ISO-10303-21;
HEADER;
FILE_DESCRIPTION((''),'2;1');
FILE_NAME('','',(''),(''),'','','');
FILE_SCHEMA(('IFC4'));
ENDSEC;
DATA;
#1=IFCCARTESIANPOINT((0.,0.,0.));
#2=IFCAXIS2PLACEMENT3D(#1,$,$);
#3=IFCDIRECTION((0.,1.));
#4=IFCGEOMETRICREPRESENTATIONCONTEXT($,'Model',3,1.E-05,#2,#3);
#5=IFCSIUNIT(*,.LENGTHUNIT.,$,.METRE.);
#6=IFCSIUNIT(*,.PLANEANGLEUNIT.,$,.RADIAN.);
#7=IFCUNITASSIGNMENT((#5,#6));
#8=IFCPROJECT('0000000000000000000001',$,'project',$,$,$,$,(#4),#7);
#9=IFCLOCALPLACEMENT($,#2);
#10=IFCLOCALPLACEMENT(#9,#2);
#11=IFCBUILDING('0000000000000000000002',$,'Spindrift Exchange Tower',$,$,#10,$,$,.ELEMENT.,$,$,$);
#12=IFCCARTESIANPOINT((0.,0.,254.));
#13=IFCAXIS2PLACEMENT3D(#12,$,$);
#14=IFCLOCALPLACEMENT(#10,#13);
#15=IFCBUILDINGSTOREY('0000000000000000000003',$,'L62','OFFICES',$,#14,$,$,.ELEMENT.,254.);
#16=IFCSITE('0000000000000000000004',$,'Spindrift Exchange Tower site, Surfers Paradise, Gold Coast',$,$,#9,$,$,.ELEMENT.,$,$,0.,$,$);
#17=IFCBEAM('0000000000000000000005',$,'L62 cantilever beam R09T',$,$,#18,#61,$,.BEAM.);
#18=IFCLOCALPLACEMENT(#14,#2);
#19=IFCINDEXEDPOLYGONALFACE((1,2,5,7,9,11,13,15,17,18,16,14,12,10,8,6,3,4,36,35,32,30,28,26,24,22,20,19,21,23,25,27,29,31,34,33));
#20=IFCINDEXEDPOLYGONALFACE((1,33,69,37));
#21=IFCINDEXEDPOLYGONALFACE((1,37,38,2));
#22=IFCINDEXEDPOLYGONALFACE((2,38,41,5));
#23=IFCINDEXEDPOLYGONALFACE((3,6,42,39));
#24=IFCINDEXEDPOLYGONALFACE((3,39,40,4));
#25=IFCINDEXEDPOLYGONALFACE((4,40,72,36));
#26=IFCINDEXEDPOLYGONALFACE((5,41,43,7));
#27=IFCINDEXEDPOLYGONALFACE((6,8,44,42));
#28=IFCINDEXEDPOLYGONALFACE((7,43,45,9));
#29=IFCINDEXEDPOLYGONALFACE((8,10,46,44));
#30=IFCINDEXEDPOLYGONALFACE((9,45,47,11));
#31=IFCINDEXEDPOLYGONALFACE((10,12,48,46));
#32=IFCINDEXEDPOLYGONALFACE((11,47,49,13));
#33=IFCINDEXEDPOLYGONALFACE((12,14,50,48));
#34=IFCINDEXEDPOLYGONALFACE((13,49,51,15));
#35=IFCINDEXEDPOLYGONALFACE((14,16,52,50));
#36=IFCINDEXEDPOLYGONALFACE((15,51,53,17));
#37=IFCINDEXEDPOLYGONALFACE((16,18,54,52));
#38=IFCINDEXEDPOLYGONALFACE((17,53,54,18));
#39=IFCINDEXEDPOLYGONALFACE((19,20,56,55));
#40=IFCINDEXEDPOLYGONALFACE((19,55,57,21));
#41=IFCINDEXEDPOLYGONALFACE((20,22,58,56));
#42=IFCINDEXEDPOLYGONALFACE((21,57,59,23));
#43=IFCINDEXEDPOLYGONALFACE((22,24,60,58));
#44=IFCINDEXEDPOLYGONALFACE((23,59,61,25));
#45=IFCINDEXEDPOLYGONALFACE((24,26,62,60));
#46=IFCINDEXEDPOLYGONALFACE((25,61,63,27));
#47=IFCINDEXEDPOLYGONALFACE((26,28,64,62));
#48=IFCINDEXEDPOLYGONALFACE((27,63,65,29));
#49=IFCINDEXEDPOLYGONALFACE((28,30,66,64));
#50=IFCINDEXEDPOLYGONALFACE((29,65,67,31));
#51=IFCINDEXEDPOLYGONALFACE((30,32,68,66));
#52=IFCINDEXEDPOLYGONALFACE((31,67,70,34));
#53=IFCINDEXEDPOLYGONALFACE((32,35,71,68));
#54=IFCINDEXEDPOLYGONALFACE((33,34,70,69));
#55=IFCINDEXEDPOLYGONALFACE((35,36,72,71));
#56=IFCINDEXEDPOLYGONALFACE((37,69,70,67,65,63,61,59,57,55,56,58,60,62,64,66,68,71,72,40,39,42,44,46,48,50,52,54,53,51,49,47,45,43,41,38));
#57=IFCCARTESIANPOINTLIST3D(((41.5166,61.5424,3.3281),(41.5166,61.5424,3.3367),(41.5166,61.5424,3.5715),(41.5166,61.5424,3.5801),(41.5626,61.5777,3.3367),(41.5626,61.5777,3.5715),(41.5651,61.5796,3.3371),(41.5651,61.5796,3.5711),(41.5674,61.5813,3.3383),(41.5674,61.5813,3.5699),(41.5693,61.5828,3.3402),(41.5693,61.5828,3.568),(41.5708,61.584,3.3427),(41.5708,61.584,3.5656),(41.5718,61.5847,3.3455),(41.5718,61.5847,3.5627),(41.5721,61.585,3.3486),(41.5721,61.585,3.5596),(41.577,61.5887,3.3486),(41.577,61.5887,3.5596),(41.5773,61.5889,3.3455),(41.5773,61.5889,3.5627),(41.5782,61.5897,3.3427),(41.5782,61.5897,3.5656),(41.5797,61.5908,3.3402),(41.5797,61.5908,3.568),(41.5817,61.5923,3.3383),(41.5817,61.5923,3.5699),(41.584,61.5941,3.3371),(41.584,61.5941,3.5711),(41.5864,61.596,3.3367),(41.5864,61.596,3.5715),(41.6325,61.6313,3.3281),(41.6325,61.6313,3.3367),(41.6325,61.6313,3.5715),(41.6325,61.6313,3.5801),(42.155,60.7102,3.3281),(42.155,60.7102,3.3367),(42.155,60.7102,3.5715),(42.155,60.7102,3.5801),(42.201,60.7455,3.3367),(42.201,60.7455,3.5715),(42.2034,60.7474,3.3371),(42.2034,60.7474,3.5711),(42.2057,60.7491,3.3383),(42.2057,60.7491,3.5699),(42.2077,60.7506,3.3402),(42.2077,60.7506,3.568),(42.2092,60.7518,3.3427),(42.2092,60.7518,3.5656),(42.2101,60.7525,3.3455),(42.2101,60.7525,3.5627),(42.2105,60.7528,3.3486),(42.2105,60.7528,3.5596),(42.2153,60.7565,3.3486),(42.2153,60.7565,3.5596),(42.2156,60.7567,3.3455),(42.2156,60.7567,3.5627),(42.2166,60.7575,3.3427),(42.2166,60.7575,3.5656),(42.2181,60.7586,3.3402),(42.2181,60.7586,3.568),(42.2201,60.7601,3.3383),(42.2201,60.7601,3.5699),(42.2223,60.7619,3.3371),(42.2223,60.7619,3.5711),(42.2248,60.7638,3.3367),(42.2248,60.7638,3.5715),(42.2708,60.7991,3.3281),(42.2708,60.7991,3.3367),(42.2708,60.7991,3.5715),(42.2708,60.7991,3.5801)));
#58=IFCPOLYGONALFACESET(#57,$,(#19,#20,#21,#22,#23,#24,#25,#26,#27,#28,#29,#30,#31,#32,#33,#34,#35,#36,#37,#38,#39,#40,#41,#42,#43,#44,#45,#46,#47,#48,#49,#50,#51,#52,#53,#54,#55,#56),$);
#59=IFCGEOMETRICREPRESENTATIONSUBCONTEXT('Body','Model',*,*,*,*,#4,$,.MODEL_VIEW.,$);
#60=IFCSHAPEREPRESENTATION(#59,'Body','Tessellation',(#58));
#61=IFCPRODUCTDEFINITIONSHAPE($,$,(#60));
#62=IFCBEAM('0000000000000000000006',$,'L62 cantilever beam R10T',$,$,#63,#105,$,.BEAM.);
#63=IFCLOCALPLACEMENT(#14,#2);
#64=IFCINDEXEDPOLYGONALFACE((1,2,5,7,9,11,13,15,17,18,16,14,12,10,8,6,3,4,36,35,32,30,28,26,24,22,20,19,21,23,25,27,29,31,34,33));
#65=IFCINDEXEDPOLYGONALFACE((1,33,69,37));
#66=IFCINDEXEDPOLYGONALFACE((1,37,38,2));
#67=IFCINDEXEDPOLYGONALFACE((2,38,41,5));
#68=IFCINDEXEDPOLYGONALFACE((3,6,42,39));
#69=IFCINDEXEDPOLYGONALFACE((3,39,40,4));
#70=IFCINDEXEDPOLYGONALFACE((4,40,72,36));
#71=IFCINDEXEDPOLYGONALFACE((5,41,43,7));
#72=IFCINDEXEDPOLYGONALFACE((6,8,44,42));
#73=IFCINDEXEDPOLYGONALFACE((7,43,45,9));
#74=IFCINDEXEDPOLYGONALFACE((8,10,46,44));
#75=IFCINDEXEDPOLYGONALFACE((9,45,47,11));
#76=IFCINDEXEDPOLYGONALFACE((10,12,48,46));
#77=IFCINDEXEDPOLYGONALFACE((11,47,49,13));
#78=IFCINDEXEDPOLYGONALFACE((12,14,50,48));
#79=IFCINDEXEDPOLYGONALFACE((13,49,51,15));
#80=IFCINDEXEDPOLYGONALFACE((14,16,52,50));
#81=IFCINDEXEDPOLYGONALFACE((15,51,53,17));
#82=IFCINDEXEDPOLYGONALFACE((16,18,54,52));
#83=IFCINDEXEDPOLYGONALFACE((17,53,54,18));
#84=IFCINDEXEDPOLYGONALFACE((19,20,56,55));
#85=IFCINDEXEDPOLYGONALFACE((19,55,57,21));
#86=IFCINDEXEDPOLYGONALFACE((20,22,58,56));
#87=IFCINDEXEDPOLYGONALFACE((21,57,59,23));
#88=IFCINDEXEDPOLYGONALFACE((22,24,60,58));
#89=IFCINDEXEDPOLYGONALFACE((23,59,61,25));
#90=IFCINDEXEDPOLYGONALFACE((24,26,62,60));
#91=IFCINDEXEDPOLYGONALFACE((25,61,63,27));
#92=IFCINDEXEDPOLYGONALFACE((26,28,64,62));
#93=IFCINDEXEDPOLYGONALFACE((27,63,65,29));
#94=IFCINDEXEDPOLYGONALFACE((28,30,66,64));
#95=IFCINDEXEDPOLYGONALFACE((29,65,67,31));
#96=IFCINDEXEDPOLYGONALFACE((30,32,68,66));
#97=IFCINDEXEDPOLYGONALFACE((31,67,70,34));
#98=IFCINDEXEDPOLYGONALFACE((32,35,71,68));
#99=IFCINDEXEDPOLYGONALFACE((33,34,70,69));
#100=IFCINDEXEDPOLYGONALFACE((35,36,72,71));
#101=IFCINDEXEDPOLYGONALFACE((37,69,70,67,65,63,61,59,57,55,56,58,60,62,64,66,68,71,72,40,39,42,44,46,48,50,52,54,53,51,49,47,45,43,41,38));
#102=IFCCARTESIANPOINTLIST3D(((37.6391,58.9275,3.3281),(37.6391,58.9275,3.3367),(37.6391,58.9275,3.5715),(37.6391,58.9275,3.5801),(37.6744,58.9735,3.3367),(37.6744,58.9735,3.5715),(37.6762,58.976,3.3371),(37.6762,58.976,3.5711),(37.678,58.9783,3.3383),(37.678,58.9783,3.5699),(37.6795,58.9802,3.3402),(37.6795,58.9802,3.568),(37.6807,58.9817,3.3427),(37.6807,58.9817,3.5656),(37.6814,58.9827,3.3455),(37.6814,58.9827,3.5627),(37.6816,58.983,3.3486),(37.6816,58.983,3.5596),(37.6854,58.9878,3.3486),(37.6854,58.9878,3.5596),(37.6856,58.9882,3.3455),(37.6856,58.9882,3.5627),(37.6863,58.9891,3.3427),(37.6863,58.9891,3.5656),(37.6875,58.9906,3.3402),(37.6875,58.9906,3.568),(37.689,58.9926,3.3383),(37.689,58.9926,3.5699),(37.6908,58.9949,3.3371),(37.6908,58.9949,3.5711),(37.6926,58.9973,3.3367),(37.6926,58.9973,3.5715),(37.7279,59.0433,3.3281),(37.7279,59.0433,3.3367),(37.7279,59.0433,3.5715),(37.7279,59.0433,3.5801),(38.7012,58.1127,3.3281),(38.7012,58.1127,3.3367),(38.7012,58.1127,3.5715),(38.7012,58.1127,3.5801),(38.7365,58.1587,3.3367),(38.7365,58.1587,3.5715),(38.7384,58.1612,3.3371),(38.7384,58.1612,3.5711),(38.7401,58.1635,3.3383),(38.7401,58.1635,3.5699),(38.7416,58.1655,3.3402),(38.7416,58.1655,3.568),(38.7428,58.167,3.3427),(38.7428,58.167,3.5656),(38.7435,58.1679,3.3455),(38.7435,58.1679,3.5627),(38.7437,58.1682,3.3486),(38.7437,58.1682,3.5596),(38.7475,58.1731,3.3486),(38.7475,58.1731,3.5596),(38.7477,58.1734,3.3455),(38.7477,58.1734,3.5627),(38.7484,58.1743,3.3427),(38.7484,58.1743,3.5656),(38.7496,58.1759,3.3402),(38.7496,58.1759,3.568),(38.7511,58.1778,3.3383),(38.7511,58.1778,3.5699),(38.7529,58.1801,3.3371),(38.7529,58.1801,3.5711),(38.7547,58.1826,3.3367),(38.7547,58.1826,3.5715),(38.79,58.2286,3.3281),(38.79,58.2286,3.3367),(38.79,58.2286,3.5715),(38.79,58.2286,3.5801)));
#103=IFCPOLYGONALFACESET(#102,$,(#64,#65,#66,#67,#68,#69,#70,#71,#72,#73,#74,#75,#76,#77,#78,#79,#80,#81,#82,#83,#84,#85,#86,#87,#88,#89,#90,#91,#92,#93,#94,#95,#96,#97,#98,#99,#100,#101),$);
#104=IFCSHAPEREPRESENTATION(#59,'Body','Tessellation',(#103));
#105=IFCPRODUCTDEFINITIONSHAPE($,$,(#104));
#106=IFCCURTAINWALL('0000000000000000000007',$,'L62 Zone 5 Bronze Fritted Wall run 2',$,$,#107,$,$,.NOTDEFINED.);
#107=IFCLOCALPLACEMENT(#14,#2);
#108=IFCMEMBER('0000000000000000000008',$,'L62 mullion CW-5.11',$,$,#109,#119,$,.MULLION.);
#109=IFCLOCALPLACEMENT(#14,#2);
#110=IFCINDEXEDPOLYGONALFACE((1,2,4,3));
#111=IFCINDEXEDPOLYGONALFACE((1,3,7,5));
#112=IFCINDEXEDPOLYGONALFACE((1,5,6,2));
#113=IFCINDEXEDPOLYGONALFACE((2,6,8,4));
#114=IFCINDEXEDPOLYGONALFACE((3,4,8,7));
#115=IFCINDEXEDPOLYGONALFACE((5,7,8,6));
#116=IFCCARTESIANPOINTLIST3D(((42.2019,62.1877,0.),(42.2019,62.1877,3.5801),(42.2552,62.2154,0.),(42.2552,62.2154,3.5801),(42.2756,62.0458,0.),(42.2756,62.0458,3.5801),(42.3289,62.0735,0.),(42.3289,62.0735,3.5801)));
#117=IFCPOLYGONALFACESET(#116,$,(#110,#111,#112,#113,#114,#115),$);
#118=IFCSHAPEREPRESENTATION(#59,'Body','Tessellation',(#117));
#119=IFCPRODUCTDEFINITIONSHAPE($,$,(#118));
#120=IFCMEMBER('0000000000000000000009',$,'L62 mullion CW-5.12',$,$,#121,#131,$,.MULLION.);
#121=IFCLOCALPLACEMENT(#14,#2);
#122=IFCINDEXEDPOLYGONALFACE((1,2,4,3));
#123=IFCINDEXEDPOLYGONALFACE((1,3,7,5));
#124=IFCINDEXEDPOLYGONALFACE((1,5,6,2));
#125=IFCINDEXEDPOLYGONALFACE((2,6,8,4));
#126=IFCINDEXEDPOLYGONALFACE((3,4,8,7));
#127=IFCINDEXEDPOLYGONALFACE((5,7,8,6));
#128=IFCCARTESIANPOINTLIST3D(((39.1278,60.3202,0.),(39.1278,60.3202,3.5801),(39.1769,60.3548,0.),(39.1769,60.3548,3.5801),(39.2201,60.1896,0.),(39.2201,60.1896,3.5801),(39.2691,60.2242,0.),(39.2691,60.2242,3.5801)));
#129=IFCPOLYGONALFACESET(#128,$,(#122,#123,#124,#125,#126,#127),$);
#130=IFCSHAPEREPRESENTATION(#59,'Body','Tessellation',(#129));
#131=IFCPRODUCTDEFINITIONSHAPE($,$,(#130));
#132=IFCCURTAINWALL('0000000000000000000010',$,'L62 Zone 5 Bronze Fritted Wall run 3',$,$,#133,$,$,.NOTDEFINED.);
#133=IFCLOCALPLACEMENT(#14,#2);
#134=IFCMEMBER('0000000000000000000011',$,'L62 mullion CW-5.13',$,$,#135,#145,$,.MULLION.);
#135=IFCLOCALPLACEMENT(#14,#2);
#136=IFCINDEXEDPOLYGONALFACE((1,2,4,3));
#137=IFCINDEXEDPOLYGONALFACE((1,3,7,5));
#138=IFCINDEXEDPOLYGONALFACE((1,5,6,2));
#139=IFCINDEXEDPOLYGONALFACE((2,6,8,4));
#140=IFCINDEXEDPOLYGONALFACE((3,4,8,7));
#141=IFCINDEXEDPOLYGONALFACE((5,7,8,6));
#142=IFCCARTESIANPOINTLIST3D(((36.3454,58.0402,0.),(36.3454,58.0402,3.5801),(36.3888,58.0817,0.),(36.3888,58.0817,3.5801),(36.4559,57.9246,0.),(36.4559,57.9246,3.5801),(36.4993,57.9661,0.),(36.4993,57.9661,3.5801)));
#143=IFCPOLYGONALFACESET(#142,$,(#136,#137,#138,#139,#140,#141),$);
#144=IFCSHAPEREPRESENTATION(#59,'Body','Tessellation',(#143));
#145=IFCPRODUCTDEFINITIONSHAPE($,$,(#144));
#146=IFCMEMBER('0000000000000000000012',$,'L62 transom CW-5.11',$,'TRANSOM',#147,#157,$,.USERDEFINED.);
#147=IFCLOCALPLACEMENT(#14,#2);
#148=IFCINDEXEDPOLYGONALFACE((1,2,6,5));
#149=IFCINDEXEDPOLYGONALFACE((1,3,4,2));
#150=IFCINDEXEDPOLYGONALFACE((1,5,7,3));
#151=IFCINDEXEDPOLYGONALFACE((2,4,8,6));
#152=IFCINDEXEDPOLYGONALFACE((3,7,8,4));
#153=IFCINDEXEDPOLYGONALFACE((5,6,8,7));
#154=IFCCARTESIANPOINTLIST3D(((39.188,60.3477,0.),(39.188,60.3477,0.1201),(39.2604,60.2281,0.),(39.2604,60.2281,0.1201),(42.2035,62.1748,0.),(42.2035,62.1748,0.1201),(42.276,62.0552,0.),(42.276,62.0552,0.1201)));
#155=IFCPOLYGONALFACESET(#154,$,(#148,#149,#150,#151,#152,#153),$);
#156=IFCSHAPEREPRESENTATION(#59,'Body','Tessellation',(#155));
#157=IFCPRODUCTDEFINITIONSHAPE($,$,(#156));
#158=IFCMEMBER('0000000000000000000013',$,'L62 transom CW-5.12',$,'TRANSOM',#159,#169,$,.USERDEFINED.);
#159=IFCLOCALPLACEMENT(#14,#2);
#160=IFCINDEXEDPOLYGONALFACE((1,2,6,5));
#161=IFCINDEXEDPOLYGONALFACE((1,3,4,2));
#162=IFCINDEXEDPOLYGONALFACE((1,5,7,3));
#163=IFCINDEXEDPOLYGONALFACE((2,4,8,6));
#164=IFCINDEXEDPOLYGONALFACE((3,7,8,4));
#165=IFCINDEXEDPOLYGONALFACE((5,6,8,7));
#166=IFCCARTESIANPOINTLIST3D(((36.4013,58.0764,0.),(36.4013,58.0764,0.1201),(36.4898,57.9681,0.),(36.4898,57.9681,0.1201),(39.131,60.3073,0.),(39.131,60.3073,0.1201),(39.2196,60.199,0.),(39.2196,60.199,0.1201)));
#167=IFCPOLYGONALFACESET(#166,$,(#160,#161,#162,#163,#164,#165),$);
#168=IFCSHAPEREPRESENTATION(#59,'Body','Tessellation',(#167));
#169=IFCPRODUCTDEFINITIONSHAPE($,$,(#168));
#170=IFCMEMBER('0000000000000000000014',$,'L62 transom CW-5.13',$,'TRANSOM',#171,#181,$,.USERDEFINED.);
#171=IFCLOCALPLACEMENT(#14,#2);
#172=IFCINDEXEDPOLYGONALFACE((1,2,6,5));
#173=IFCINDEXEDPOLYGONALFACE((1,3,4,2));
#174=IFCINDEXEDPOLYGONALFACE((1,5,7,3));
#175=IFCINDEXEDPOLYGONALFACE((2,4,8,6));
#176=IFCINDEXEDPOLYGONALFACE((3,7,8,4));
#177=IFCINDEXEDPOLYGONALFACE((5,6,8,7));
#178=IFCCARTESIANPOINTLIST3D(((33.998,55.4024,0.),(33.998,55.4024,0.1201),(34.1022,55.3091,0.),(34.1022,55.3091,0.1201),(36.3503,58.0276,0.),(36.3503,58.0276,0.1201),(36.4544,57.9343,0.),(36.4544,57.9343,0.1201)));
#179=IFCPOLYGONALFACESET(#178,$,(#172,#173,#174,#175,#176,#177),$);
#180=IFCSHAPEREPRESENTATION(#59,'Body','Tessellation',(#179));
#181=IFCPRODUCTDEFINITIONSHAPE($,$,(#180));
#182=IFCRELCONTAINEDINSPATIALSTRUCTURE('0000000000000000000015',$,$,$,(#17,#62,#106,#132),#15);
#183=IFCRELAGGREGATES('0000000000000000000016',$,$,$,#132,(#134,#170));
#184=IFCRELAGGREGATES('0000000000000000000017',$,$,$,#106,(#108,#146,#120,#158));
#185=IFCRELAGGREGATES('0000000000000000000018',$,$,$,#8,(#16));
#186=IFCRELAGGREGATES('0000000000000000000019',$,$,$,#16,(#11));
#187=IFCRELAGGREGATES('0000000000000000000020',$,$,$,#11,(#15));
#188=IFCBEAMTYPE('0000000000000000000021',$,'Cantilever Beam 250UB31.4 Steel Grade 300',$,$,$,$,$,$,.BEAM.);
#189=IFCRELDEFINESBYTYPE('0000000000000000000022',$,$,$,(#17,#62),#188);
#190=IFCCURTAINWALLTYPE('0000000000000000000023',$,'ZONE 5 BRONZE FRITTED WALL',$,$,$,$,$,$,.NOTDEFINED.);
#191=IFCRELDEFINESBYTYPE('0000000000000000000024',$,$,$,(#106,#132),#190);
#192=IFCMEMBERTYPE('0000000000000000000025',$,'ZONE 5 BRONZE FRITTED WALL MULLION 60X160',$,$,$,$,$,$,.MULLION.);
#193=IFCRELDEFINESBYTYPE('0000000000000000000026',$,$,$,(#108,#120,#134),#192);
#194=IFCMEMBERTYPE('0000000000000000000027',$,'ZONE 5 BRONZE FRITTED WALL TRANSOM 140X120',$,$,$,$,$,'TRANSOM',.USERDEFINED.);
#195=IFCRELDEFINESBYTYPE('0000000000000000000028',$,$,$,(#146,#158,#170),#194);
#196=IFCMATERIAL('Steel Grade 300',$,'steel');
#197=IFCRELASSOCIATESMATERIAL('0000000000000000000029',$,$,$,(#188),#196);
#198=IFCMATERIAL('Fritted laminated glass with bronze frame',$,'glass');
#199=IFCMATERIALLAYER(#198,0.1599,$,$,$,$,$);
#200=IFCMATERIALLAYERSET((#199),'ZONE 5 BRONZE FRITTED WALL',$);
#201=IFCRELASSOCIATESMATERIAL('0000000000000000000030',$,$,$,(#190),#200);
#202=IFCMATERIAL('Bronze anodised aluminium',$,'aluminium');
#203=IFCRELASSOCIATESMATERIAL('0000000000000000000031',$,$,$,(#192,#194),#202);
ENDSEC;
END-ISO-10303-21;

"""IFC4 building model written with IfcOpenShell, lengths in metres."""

from ifc_helpers import new_model, si_unit, direction, frame, origin, origin_2d, place, context, subcontext, project, spatial, rectangle, i_section, extrude, source, transform, mapped, material, layer, layer_set, material_profile, profile_set, type_object, element, aggregate, save


model = new_model("IFC4")

# Units and contexts
model_context = context("Model", 3, precision=1e-05, world=origin(), true_north=direction((0.0, 1.0)))
body_context = subcontext(model_context, "Body", "Model", "MODEL_VIEW")
ifc_project = project(units=[si_unit("LENGTHUNIT", "METRE"), si_unit("PLANEANGLEUNIT", "RADIAN")], contexts=[model_context])

# Site, building, storey
site_placement = place(None, origin())
site = spatial("IfcSite", under=ifc_project, at=site_placement, Name="Spindrift Exchange Tower site, Surfers Paradise, Gold Coast", CompositionType="ELEMENT", RefElevation=0.0)
building_placement = place(site_placement, origin())
building = spatial("IfcBuilding", under=site, at=building_placement, Name="Spindrift Exchange Tower", CompositionType="ELEMENT")
storey_placement = place(building_placement, frame((0.0, 0.0, 254.0)))
storey = spatial("IfcBuildingStorey", under=building, at=storey_placement, Name="L62", Description="OFFICES", CompositionType="ELEMENT", Elevation=254.0)

# Beams
ifc_material_1 = material(Name="Steel Grade 300", Category="steel")
ifc_material_profile_1 = material_profile(ifc_material_1, i_section(OverallWidth=0.146, OverallDepth=0.252, WebThickness=0.0061, FlangeThickness=0.0085, FilletRadius=0.012, at=origin_2d()), Name="250UB31.4")
ifc_profile_set_1 = profile_set([ifc_material_profile_1], Name="Steel Grade 300")
beam_type_1 = type_object("IfcBeamType", Name="Cantilever Beam 250UB31.4 Steel Grade 300", PredefinedType="BEAM", material=ifc_profile_set_1)
shared_shape_1 = source(origin(), body_context, "Body", "SweptSolid", [
    extrude(i_section(OverallWidth=0.146, OverallDepth=0.252, WebThickness=0.0061, FlangeThickness=0.0085, FilletRadius=0.012, at=origin_2d()), origin(), (0.0, 0.0, 1.0), 1.0488),
])
beam_1_placement = place(storey_placement, frame((42.2129, 60.7546, 3.4541), z_axis=(-0.608642, 0.793445, 0.0), x_axis=(-0.793445, -0.608642, 0.0)))
element("IfcBeam", 1, at=beam_1_placement, inside=storey, type_object=beam_type_1, Name="L62 cantilever beam R09T", PredefinedType="BEAM", context=body_context, shape_type="MappedRepresentation", body=[
    mapped(shared_shape_1, transform((0.0, 0.0, 0.0), scale=1.0)),
])
shared_shape_2 = source(origin(), body_context, "Body", "SweptSolid", [
    extrude(i_section(OverallWidth=0.146, OverallDepth=0.252, WebThickness=0.0061, FlangeThickness=0.0085, FilletRadius=0.012, at=origin_2d()), origin(), (0.0, 0.0, 1.0), 1.3386),
])
beam_2_placement = place(storey_placement, frame((38.7456, 58.1707, 3.4541), z_axis=(-0.79343, 0.608661, 0.0), x_axis=(-0.608661, -0.79343, 0.0)))
element("IfcBeam", 2, at=beam_2_placement, inside=storey, type_object=beam_type_1, Name="L62 cantilever beam R10T", PredefinedType="BEAM", context=body_context, shape_type="MappedRepresentation", body=[
    mapped(shared_shape_2, transform((0.0, 0.0, 0.0), scale=1.0)),
])

# Curtain wall, members
ifc_material_2 = material(Name="Fritted laminated glass with bronze frame", Category="glass")
ifc_layer_1 = layer(ifc_material_2, 0.1599)
ifc_layer_set_1 = layer_set([ifc_layer_1], Name="ZONE 5 BRONZE FRITTED WALL")
curtain_wall_type = type_object("IfcCurtainWallType", Name="ZONE 5 BRONZE FRITTED WALL", PredefinedType="NOTDEFINED", material=ifc_layer_set_1)
curtain_wall_1_placement = place(storey_placement, origin())
curtain_wall_1 = element("IfcCurtainWall", 3, at=curtain_wall_1_placement, inside=storey, type_object=curtain_wall_type, Name="L62 Zone 5 Bronze Fritted Wall run 2", PredefinedType="NOTDEFINED")
ifc_material_3 = material(Name="Bronze anodised aluminium", Category="aluminium")
ifc_material_profile_2 = material_profile(ifc_material_3, rectangle(XDim=0.0601, YDim=0.1599, at=origin_2d()), Name="ZONE 5 BRONZE FRITTED WALL MULLION 60X160")
ifc_profile_set_2 = profile_set([ifc_material_profile_2], Name="Bronze anodised aluminium")
member_type_1 = type_object("IfcMemberType", Name="ZONE 5 BRONZE FRITTED WALL MULLION 60X160", PredefinedType="MULLION", material=ifc_profile_set_2)
shared_shape_3 = source(origin(), body_context, "Body", "SweptSolid", [
    extrude(rectangle(XDim=0.0601, YDim=0.1599, at=origin_2d()), origin(), (0.0, 0.0, 1.0), 3.5801),
])
member_1_placement = place(storey_placement, frame((42.2654, 62.1306, 0.0), z_axis=(0.0, 0.0, 1.0), x_axis=(-0.887443, -0.460917, 0.0)))
member_1 = element("IfcMember", 4, at=member_1_placement, type_object=member_type_1, Name="L62 mullion CW-5.11", PredefinedType="MULLION", context=body_context, shape_type="MappedRepresentation", body=[
    mapped(shared_shape_3, transform((0.0, 0.0, 0.0), scale=1.0)),
])
member_2_placement = place(storey_placement, frame((39.1985, 60.2722, 0.0), z_axis=(0.0, 0.0, 1.0), x_axis=(-0.816788, -0.576939, 0.0)))
member_2 = element("IfcMember", 5, at=member_2_placement, type_object=member_type_1, Name="L62 mullion CW-5.12", PredefinedType="MULLION", context=body_context, shape_type="MappedRepresentation", body=[
    mapped(shared_shape_3, transform((0.0, 0.0, 0.0), scale=1.0)),
])

# Curtain wall, member
curtain_wall_2_placement = place(storey_placement, origin())
curtain_wall_2 = element("IfcCurtainWall", 6, at=curtain_wall_2_placement, inside=storey, type_object=curtain_wall_type, Name="L62 Zone 5 Bronze Fritted Wall run 3", PredefinedType="NOTDEFINED")
member_3_placement = place(storey_placement, frame((36.4224, 58.0032, 0.0), z_axis=(0.0, 0.0, 1.0), x_axis=(-0.722978, -0.690871, 0.0)))
member_3 = element("IfcMember", 7, at=member_3_placement, type_object=member_type_1, Name="L62 mullion CW-5.13", PredefinedType="MULLION", context=body_context, shape_type="MappedRepresentation", body=[
    mapped(shared_shape_3, transform((0.0, 0.0, 0.0), scale=1.0)),
])

# Members
ifc_material_profile_3 = material_profile(ifc_material_3, rectangle(XDim=0.1399, YDim=0.1201, at=origin_2d()), Name="ZONE 5 BRONZE FRITTED WALL TRANSOM 140X120")
ifc_profile_set_3 = profile_set([ifc_material_profile_3], Name="Bronze anodised aluminium")
member_type_2 = type_object("IfcMemberType", Name="ZONE 5 BRONZE FRITTED WALL TRANSOM 140X120", ElementType="TRANSOM", PredefinedType="USERDEFINED", material=ifc_profile_set_3)
shared_shape_4 = source(origin(), body_context, "Body", "SweptSolid", [
    extrude(rectangle(XDim=0.1399, YDim=0.1201, at=origin_2d()), origin(), (0.0, 0.0, 1.0), 3.5259),
])
member_4_placement = place(storey_placement, frame((42.2397, 62.115, 0.0601), z_axis=(-0.855261, -0.518197, 0.0), x_axis=(0.518197, -0.855261, 0.0)))
member_4 = element("IfcMember", 8, at=member_4_placement, type_object=member_type_2, Name="L62 transom CW-5.11", ObjectType="TRANSOM", PredefinedType="USERDEFINED", context=body_context, shape_type="MappedRepresentation", body=[
    mapped(shared_shape_4, transform((0.0, 0.0, 0.0), scale=1.0)),
])
shared_shape_5 = source(origin(), body_context, "Body", "SweptSolid", [
    extrude(rectangle(XDim=0.1399, YDim=0.1201, at=origin_2d()), origin(), (0.0, 0.0, 1.0), 3.5254),
])
member_5_placement = place(storey_placement, frame((39.1753, 60.2532, 0.0601), z_axis=(-0.7743, -0.632819, 0.0), x_axis=(0.632819, -0.7743, 0.0)))
member_5 = element("IfcMember", 9, at=member_5_placement, type_object=member_type_2, Name="L62 transom CW-5.12", ObjectType="TRANSOM", PredefinedType="USERDEFINED", context=body_context, shape_type="MappedRepresentation", body=[
    mapped(shared_shape_5, transform((0.0, 0.0, 0.0), scale=1.0)),
])
shared_shape_6 = source(origin(), body_context, "Body", "SweptSolid", [
    extrude(rectangle(XDim=0.1399, YDim=0.1201, at=origin_2d()), origin(), (0.0, 0.0, 1.0), 3.5249),
])
member_6_placement = place(storey_placement, frame((36.4023, 57.981, 0.0601), z_axis=(-0.667329, -0.744763, 0.0), x_axis=(0.744763, -0.667329, 0.0)))
member_6 = element("IfcMember", 10, at=member_6_placement, type_object=member_type_2, Name="L62 transom CW-5.13", ObjectType="TRANSOM", PredefinedType="USERDEFINED", context=body_context, shape_type="MappedRepresentation", body=[
    mapped(shared_shape_6, transform((0.0, 0.0, 0.0), scale=1.0)),
])
aggregate(curtain_wall_2, [member_3, member_6])

aggregate(curtain_wall_1, [member_1, member_4, member_2, member_5])

save(model, "model.ifc")
